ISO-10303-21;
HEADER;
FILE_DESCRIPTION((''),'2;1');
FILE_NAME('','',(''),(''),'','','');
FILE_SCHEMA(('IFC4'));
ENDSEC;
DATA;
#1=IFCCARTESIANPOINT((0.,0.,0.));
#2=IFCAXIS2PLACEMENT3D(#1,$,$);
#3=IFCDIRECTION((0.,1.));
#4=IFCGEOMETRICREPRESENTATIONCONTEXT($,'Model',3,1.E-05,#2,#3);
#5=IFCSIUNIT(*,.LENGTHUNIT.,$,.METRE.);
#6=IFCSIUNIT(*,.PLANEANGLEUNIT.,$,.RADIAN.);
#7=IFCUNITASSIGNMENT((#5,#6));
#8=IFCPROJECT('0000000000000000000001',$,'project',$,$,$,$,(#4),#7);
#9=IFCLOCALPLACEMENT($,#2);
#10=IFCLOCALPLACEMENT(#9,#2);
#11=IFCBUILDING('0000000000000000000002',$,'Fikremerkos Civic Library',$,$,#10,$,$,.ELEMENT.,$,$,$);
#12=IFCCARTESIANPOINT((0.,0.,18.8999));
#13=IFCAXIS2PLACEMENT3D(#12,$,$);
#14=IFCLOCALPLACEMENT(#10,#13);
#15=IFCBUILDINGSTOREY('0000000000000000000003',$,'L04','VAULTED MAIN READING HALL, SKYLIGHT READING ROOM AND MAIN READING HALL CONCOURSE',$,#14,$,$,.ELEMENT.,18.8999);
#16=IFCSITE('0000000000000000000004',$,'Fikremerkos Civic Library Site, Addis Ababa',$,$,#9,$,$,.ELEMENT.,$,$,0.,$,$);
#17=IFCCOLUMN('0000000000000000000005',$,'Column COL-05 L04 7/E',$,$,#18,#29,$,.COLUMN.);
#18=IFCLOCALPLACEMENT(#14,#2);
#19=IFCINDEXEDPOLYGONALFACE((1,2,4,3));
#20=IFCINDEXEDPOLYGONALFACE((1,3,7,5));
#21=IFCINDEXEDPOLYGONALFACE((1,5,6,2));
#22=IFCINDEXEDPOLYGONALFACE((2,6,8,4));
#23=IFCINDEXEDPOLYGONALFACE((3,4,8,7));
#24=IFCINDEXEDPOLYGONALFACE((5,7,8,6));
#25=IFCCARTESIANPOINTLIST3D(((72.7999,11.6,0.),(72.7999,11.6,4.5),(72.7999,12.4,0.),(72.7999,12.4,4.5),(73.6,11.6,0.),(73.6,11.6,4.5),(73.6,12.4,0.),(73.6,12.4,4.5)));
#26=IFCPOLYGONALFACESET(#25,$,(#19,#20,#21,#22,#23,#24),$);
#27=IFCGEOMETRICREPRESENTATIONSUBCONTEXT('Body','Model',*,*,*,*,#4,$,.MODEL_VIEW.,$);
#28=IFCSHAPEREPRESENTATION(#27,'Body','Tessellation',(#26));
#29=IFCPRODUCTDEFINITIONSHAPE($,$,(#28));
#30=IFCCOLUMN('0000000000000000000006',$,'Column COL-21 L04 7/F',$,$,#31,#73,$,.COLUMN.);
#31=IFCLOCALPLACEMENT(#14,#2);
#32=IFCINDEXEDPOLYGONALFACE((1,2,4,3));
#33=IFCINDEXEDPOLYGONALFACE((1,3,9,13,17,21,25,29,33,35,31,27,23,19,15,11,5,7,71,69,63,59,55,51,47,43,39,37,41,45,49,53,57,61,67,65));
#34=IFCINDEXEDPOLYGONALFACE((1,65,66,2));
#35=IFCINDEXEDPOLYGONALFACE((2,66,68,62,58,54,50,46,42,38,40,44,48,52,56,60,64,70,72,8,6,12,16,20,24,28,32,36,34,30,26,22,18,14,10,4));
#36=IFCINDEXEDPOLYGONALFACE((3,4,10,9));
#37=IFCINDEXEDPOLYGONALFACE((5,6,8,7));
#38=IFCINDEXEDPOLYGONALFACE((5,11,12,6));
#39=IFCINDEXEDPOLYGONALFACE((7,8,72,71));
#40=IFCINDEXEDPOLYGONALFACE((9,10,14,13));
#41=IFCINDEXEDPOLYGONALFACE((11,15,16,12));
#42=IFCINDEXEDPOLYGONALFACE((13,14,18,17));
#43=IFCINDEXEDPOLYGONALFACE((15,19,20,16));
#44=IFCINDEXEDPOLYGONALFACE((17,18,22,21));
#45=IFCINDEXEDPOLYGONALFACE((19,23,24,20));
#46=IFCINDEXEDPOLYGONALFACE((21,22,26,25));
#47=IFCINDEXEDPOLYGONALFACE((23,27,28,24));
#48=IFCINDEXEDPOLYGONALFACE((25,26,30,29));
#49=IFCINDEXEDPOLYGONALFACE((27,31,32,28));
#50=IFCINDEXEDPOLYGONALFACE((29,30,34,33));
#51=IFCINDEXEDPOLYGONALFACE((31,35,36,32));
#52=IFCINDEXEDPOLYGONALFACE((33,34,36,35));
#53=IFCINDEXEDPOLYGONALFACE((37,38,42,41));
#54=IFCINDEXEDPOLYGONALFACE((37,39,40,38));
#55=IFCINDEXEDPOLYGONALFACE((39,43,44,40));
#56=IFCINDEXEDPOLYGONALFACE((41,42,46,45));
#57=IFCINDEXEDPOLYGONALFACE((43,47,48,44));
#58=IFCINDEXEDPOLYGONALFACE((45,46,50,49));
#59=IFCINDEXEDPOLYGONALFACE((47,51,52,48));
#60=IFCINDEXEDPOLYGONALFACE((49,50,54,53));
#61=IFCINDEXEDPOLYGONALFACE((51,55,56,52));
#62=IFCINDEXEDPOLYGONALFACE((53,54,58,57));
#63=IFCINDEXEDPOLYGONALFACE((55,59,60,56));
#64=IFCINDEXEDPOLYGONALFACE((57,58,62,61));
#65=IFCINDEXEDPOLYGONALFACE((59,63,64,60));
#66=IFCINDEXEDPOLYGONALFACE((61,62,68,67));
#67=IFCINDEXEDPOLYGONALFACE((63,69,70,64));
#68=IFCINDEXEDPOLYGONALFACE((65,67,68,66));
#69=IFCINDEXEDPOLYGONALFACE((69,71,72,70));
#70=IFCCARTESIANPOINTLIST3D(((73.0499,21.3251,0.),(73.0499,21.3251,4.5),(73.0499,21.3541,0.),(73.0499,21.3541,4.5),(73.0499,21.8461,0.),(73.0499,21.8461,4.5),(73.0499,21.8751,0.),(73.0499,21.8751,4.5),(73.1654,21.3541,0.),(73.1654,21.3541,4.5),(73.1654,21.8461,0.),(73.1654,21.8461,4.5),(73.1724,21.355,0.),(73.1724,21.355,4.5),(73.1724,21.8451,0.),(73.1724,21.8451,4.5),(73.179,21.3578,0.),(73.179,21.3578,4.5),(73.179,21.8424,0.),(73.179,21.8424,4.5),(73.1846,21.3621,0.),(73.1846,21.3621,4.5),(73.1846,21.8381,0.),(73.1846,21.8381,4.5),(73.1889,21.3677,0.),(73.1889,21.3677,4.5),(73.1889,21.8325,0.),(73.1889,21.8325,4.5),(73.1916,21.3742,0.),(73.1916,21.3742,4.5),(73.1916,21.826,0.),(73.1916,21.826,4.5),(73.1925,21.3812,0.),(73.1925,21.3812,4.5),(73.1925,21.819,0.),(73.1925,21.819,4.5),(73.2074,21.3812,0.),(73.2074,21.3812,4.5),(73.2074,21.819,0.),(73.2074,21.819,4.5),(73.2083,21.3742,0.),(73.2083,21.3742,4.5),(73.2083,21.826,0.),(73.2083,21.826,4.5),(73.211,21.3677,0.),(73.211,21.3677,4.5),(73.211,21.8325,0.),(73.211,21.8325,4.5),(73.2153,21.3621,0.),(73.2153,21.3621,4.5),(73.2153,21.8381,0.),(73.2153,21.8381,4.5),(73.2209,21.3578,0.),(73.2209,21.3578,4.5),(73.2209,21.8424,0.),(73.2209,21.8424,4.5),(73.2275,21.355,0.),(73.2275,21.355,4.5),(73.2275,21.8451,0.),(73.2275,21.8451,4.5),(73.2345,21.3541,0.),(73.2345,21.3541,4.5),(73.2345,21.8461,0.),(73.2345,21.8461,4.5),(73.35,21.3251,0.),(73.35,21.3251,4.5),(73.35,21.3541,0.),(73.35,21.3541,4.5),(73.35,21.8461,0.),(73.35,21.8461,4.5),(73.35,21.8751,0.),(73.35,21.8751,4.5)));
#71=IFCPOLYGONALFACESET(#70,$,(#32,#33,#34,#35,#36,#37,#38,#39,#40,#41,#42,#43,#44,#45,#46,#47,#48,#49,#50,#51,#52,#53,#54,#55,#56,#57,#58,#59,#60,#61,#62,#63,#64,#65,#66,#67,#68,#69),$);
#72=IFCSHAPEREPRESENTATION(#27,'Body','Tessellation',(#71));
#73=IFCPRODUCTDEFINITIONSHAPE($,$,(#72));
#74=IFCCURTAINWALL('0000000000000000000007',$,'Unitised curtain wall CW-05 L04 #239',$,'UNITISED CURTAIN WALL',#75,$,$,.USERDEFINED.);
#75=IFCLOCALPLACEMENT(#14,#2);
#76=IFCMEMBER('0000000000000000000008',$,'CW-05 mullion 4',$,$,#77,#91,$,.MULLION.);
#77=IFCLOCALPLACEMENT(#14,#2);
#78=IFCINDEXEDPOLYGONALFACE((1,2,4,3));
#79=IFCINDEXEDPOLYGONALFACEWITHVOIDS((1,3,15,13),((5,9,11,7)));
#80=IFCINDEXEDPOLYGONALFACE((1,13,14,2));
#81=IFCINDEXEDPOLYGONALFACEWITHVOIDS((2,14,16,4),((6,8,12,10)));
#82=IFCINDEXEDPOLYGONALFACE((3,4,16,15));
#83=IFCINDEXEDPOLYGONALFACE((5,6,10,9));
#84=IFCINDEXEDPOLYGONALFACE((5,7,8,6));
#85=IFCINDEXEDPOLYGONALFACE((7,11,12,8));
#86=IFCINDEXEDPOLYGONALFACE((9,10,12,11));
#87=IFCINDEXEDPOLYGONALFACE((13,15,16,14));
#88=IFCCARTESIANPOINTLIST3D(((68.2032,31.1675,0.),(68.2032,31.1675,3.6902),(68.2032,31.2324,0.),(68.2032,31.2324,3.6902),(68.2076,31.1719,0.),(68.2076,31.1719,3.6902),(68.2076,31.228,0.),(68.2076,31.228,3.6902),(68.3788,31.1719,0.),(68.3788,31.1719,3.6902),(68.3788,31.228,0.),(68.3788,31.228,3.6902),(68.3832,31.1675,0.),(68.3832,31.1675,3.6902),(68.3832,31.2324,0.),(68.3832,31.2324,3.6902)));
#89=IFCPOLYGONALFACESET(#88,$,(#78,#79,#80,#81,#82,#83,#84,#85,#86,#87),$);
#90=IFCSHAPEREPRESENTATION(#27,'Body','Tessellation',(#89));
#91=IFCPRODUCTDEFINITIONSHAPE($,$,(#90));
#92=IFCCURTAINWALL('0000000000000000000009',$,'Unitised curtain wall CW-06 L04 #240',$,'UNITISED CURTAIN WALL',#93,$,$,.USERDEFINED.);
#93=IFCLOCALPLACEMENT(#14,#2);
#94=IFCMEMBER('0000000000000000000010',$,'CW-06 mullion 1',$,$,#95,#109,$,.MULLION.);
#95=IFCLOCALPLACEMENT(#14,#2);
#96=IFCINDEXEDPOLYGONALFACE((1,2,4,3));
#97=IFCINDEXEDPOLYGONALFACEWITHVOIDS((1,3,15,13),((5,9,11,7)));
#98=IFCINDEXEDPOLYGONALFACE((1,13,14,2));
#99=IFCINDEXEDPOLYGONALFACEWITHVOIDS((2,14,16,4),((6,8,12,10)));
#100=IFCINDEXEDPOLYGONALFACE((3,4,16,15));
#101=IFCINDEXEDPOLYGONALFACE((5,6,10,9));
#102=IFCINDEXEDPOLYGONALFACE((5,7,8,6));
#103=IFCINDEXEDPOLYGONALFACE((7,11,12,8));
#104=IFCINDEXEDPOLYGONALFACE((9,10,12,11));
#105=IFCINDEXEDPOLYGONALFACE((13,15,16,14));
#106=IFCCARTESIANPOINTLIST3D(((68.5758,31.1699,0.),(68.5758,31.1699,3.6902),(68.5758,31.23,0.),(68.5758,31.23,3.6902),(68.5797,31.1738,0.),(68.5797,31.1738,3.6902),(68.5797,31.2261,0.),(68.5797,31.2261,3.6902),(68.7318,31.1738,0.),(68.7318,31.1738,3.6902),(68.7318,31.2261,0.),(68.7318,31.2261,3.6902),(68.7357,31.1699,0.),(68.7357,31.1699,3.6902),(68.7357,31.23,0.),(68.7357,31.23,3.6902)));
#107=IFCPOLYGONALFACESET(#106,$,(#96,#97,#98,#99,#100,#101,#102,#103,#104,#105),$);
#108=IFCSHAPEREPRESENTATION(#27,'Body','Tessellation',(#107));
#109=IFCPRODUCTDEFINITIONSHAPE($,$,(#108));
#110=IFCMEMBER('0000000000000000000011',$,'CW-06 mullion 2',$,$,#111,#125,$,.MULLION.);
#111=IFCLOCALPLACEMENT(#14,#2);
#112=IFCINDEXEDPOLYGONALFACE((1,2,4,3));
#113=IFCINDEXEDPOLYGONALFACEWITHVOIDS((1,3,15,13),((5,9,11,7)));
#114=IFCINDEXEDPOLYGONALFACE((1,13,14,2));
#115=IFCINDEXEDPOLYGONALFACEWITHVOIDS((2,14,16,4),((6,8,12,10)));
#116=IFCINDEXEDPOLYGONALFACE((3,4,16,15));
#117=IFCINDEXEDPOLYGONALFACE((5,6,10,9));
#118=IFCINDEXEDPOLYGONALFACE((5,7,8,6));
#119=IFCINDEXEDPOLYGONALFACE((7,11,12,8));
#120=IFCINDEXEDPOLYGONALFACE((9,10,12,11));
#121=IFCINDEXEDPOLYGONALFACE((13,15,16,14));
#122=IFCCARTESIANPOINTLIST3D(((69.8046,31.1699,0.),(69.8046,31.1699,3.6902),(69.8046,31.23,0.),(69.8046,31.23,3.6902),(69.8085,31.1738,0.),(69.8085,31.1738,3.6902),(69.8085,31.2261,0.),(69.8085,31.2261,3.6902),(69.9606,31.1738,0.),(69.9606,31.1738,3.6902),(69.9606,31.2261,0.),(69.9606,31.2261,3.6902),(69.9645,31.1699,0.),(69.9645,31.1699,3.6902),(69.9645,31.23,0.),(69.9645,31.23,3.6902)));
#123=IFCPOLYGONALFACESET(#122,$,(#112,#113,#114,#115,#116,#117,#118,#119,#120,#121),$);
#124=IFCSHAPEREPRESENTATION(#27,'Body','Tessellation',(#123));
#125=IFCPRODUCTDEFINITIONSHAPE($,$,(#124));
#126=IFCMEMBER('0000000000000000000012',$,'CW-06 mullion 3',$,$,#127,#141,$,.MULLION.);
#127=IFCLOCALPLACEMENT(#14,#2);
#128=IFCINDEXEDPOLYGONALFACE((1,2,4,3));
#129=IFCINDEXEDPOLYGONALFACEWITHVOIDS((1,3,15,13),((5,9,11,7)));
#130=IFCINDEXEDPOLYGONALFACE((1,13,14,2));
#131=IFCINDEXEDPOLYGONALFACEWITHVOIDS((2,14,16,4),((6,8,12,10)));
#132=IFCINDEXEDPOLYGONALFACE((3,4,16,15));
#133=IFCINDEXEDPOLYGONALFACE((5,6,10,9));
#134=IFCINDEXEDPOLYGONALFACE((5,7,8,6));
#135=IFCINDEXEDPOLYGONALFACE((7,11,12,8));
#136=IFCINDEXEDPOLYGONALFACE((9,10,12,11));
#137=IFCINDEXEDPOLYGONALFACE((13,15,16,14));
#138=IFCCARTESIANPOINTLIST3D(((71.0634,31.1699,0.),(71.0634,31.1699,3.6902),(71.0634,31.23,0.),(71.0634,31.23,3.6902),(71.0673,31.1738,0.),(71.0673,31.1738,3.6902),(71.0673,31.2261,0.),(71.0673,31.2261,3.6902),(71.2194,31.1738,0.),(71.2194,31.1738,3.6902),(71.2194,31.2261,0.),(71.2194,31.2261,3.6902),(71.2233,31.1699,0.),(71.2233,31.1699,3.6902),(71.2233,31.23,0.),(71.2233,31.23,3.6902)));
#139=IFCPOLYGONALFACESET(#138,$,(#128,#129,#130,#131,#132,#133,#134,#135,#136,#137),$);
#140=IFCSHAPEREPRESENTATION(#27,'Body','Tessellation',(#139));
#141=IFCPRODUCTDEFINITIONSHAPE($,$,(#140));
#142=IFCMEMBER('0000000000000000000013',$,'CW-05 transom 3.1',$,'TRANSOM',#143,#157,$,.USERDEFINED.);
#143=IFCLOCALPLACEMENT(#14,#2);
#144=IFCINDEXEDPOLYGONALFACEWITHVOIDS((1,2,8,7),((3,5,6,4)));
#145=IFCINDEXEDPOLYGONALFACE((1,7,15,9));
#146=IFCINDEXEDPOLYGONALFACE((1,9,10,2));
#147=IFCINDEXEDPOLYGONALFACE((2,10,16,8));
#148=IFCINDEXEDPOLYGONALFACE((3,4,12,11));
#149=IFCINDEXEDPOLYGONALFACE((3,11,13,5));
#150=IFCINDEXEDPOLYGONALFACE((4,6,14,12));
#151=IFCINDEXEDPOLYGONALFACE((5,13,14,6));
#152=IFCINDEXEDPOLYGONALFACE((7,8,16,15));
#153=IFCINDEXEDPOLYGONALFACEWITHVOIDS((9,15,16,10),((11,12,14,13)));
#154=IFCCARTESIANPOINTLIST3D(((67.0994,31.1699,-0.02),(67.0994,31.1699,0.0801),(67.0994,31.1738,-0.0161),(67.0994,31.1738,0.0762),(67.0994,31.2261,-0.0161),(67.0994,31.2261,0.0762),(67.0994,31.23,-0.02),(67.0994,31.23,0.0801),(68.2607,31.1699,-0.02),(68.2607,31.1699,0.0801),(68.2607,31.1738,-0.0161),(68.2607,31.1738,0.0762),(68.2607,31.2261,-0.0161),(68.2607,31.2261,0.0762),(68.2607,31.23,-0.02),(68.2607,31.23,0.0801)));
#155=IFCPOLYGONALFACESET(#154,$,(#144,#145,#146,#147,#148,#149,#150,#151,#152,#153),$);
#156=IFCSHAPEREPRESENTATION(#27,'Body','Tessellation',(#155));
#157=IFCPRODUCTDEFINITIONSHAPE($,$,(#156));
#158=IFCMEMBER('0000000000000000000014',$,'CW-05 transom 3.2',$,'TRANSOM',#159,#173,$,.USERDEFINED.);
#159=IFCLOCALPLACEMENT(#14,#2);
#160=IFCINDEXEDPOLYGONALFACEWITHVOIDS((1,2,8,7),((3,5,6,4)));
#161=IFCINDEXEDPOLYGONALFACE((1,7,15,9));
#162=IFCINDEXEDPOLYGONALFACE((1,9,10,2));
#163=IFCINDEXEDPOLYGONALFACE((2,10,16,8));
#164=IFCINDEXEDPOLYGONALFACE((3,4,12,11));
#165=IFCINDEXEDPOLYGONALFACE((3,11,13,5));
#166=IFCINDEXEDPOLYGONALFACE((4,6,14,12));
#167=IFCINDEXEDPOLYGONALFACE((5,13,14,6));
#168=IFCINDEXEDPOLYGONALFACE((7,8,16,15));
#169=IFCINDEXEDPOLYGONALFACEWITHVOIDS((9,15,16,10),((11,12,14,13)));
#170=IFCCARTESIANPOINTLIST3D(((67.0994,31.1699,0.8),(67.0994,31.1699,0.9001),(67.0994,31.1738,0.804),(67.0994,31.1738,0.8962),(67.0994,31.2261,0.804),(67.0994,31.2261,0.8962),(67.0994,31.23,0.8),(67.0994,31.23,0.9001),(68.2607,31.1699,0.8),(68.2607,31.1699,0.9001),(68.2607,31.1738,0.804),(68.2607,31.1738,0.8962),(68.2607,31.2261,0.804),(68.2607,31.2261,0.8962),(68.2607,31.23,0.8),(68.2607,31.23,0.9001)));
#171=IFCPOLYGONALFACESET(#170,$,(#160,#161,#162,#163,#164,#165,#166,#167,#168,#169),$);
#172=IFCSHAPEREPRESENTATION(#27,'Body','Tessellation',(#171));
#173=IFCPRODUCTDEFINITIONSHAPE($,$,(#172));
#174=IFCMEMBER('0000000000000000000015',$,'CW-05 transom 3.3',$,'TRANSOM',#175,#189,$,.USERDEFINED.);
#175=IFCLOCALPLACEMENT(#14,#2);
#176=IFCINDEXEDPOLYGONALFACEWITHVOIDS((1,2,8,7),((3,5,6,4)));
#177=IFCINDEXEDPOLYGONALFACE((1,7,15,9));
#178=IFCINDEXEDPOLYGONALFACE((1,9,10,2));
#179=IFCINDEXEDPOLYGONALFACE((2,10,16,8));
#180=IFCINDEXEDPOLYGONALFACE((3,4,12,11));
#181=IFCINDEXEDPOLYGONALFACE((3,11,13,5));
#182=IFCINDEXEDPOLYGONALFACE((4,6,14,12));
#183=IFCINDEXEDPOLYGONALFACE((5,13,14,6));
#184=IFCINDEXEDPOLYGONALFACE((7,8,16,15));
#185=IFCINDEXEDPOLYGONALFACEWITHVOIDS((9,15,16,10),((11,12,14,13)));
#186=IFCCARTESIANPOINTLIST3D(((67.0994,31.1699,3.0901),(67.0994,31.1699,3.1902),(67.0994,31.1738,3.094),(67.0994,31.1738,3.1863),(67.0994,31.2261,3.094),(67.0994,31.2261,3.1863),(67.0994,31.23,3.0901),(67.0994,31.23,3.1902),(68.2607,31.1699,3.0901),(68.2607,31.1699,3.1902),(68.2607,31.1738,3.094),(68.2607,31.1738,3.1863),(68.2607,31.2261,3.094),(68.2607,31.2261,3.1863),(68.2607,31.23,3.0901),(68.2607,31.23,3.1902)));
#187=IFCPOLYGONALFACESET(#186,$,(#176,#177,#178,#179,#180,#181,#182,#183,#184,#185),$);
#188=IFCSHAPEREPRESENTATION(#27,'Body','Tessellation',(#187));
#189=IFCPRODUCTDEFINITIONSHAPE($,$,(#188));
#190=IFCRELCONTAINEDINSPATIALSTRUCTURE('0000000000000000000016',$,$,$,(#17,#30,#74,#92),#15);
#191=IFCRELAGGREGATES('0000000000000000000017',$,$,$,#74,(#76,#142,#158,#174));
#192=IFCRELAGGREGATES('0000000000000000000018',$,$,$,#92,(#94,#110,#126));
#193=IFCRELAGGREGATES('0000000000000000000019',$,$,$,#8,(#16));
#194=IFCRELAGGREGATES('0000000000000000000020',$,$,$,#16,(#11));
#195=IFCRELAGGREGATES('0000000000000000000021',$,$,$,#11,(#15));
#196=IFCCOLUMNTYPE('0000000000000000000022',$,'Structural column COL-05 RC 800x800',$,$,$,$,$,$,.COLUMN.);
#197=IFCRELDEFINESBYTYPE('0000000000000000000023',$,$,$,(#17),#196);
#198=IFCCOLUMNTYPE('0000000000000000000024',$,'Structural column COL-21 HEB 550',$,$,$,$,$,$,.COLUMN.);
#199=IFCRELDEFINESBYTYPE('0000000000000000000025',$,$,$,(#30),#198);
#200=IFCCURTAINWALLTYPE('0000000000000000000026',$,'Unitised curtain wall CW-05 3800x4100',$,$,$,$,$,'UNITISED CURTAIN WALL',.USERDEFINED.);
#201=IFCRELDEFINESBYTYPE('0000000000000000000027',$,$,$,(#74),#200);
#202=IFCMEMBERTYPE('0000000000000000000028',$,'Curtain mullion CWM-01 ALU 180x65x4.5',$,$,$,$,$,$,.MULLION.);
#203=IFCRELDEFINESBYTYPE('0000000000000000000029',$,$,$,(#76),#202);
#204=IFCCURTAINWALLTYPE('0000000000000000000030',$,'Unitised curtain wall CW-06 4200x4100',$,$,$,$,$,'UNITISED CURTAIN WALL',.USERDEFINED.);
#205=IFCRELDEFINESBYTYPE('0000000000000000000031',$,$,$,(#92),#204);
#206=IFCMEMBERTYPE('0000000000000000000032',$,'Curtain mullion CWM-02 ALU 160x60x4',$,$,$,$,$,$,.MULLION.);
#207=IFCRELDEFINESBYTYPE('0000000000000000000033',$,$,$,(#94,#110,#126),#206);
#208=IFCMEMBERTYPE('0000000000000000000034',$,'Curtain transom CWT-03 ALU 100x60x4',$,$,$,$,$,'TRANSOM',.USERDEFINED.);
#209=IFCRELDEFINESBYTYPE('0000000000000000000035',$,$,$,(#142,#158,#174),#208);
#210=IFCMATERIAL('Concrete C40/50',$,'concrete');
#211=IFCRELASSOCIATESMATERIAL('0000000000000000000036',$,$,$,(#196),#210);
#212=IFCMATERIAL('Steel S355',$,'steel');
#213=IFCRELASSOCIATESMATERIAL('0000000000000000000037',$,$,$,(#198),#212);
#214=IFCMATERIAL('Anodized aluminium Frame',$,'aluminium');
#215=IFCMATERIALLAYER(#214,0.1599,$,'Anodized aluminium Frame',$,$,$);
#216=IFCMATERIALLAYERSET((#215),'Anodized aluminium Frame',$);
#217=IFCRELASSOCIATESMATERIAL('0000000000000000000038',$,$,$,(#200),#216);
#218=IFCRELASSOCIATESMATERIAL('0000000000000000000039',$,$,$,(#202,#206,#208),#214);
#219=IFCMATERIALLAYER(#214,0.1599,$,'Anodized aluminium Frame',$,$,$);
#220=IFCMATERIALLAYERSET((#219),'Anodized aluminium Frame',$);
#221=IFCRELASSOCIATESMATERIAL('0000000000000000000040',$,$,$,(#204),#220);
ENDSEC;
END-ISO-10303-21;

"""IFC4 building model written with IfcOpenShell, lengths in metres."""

from ifc_helpers import new_model, si_unit, direction, frame, origin, origin_2d, place, context, subcontext, project, spatial, rectangle, hollow_rectangle, i_section, extrude, material, layer, layer_set, material_profile, profile_set, type_object, element, aggregate, save


model = new_model("IFC4")

# Units and contexts
model_context = context("Model", 3, precision=1e-05, world=origin(), true_north=direction((0.0, 1.0)))
body_context = subcontext(model_context, "Body", "Model", "MODEL_VIEW")
ifc_project = project(units=[si_unit("LENGTHUNIT", "METRE"), si_unit("PLANEANGLEUNIT", "RADIAN")], contexts=[model_context])

# Site, building, storey
site_placement = place(None, origin())
site = spatial("IfcSite", under=ifc_project, at=site_placement, Name="Fikremerkos Civic Library Site, Addis Ababa", CompositionType="ELEMENT", RefElevation=0.0)
building_placement = place(site_placement, origin())
building = spatial("IfcBuilding", under=site, at=building_placement, Name="Fikremerkos Civic Library", CompositionType="ELEMENT")
storey_placement = place(building_placement, frame((0.0, 0.0, 18.8999)))
storey = spatial("IfcBuildingStorey", under=building, at=storey_placement, Name="L04", Description="VAULTED MAIN READING HALL, SKYLIGHT READING ROOM AND MAIN READING HALL CONCOURSE", CompositionType="ELEMENT", Elevation=18.8999)

# Columns
ifc_material_1 = material(Name="Concrete C40/50", Category="concrete")
ifc_material_profile_1 = material_profile(ifc_material_1, rectangle(XDim=0.8, YDim=0.8, at=origin_2d()), Name="RC 800x800")
ifc_profile_set_1 = profile_set([ifc_material_profile_1], Name="Concrete C40/50")
column_type_1 = type_object("IfcColumnType", Name="Structural column COL-05 RC 800x800", PredefinedType="COLUMN", material=ifc_profile_set_1)
column_1_placement = place(storey_placement, frame((73.2, 12.0, 0.0), z_axis=(0.0, 0.0, 1.0), x_axis=(1.0, 0.0, 0.0)))
element("IfcColumn", 1, at=column_1_placement, inside=storey, type_object=column_type_1, Name="Column COL-05 L04 7/E", PredefinedType="COLUMN", context=body_context, shape_type="SweptSolid", body=[
    extrude(rectangle(XDim=0.8, YDim=0.8, at=origin_2d()), origin(), (0.0, 0.0, 1.0), 4.5),
])
ifc_material_2 = material(Name="Steel S355", Category="steel")
ifc_material_profile_2 = material_profile(ifc_material_2, i_section(OverallWidth=0.3, OverallDepth=0.55, WebThickness=0.0149, FlangeThickness=0.0291, FilletRadius=0.0271, at=origin_2d()), Name="HEB 550")
ifc_profile_set_2 = profile_set([ifc_material_profile_2], Name="Steel S355")
column_type_2 = type_object("IfcColumnType", Name="Structural column COL-21 HEB 550", PredefinedType="COLUMN", material=ifc_profile_set_2)
column_2_placement = place(storey_placement, frame((73.2, 21.6001, 0.0), z_axis=(0.0, 0.0, 1.0), x_axis=(1.0, 0.0, 0.0)))
element("IfcColumn", 2, at=column_2_placement, inside=storey, type_object=column_type_2, Name="Column COL-21 L04 7/F", PredefinedType="COLUMN", context=body_context, shape_type="SweptSolid", body=[
    extrude(i_section(OverallWidth=0.3, OverallDepth=0.55, WebThickness=0.0149, FlangeThickness=0.0291, FilletRadius=0.0271, at=origin_2d()), origin(), (0.0, 0.0, 1.0), 4.5),
])

# Curtain wall, member
ifc_material_3 = material(Name="Anodized aluminium Frame", Category="aluminium")
ifc_layer_1 = layer(ifc_material_3, 0.1599, Name="Anodized aluminium Frame")
ifc_layer_set_1 = layer_set([ifc_layer_1], Name="Anodized aluminium Frame")
curtain_wall_type_1 = type_object("IfcCurtainWallType", Name="Unitised curtain wall CW-05 3800x4100", ElementType="UNITISED CURTAIN WALL", PredefinedType="USERDEFINED", material=ifc_layer_set_1)
curtain_wall_1_placement = place(storey_placement, origin())
curtain_wall_1 = element("IfcCurtainWall", 3, at=curtain_wall_1_placement, inside=storey, type_object=curtain_wall_type_1, Name="Unitised curtain wall CW-05 L04 #239", ObjectType="UNITISED CURTAIN WALL", PredefinedType="USERDEFINED")
ifc_material_profile_3 = material_profile(ifc_material_3, hollow_rectangle(XDim=0.0649, YDim=0.1799, WallThickness=0.0044, at=origin_2d()), Name="ALU 180x65x4.5")
ifc_profile_set_3 = profile_set([ifc_material_profile_3], Name="Anodized aluminium Frame")
member_type_1 = type_object("IfcMemberType", Name="Curtain mullion CWM-01 ALU 180x65x4.5", PredefinedType="MULLION", material=ifc_profile_set_3)
member_1_placement = place(storey_placement, frame((68.2932, 31.2, 0.0), z_axis=(0.0, 0.0, 1.0), x_axis=(0.0, 1.0, 0.0)))
member_1 = element("IfcMember", 4, at=member_1_placement, type_object=member_type_1, Name="CW-05 mullion 4", PredefinedType="MULLION", context=body_context, shape_type="SweptSolid", body=[
    extrude(hollow_rectangle(XDim=0.0649, YDim=0.1799, WallThickness=0.0044, at=origin_2d()), origin(), (0.0, 0.0, 1.0), 3.6902),
])

# Curtain wall, members
ifc_layer_2 = layer(ifc_material_3, 0.1599, Name="Anodized aluminium Frame")
ifc_layer_set_2 = layer_set([ifc_layer_2], Name="Anodized aluminium Frame")
curtain_wall_type_2 = type_object("IfcCurtainWallType", Name="Unitised curtain wall CW-06 4200x4100", ElementType="UNITISED CURTAIN WALL", PredefinedType="USERDEFINED", material=ifc_layer_set_2)
curtain_wall_2_placement = place(storey_placement, origin())
curtain_wall_2 = element("IfcCurtainWall", 5, at=curtain_wall_2_placement, inside=storey, type_object=curtain_wall_type_2, Name="Unitised curtain wall CW-06 L04 #240", ObjectType="UNITISED CURTAIN WALL", PredefinedType="USERDEFINED")
ifc_material_profile_4 = material_profile(ifc_material_3, hollow_rectangle(XDim=0.0601, YDim=0.1599, WallThickness=0.0039, at=origin_2d()), Name="ALU 160x60x4")
ifc_profile_set_4 = profile_set([ifc_material_profile_4], Name="Anodized aluminium Frame")
member_type_2 = type_object("IfcMemberType", Name="Curtain mullion CWM-02 ALU 160x60x4", PredefinedType="MULLION", material=ifc_profile_set_4)
member_2_placement = place(storey_placement, frame((68.6558, 31.2, 0.0), z_axis=(0.0, 0.0, 1.0), x_axis=(0.0, 1.0, 0.0)))
member_2 = element("IfcMember", 6, at=member_2_placement, type_object=member_type_2, Name="CW-06 mullion 1", PredefinedType="MULLION", context=body_context, shape_type="SweptSolid", body=[
    extrude(hollow_rectangle(XDim=0.0601, YDim=0.1599, WallThickness=0.0039, at=origin_2d()), origin(), (0.0, 0.0, 1.0), 3.6902),
])
member_3_placement = place(storey_placement, frame((69.8845, 31.2, 0.0), z_axis=(0.0, 0.0, 1.0), x_axis=(0.0, 1.0, 0.0)))
member_3 = element("IfcMember", 7, at=member_3_placement, type_object=member_type_2, Name="CW-06 mullion 2", PredefinedType="MULLION", context=body_context, shape_type="SweptSolid", body=[
    extrude(hollow_rectangle(XDim=0.0601, YDim=0.1599, WallThickness=0.0039, at=origin_2d()), origin(), (0.0, 0.0, 1.0), 3.6902),
])
member_4_placement = place(storey_placement, frame((71.1433, 31.2, 0.0), z_axis=(0.0, 0.0, 1.0), x_axis=(0.0, 1.0, 0.0)))
member_4 = element("IfcMember", 8, at=member_4_placement, type_object=member_type_2, Name="CW-06 mullion 3", PredefinedType="MULLION", context=body_context, shape_type="SweptSolid", body=[
    extrude(hollow_rectangle(XDim=0.0601, YDim=0.1599, WallThickness=0.0039, at=origin_2d()), origin(), (0.0, 0.0, 1.0), 3.6902),
])

# Members
ifc_material_profile_5 = material_profile(ifc_material_3, hollow_rectangle(XDim=0.0601, YDim=0.1001, WallThickness=0.0039, at=origin_2d()), Name="ALU 100x60x4")
ifc_profile_set_5 = profile_set([ifc_material_profile_5], Name="Anodized aluminium Frame")
member_type_3 = type_object("IfcMemberType", Name="Curtain transom CWT-03 ALU 100x60x4", ElementType="TRANSOM", PredefinedType="USERDEFINED", material=ifc_profile_set_5)
member_5_placement = place(storey_placement, frame((67.0994, 31.2, 0.03), z_axis=(1.0, 0.0, 0.0), x_axis=(0.0, 1.0, 0.0)))
member_5 = element("IfcMember", 9, at=member_5_placement, type_object=member_type_3, Name="CW-05 transom 3.1", ObjectType="TRANSOM", PredefinedType="USERDEFINED", context=body_context, shape_type="SweptSolid", body=[
    extrude(hollow_rectangle(XDim=0.0601, YDim=0.1001, WallThickness=0.0039, at=origin_2d()), origin(), (0.0, 0.0, 1.0), 1.1614),
])
member_6_placement = place(storey_placement, frame((67.0994, 31.2, 0.8501), z_axis=(1.0, 0.0, 0.0), x_axis=(0.0, 1.0, 0.0)))
member_6 = element("IfcMember", 10, at=member_6_placement, type_object=member_type_3, Name="CW-05 transom 3.2", ObjectType="TRANSOM", PredefinedType="USERDEFINED", context=body_context, shape_type="SweptSolid", body=[
    extrude(hollow_rectangle(XDim=0.0601, YDim=0.1001, WallThickness=0.0039, at=origin_2d()), origin(), (0.0, 0.0, 1.0), 1.1614),
])
member_7_placement = place(storey_placement, frame((67.0994, 31.2, 3.1401), z_axis=(1.0, 0.0, 0.0), x_axis=(0.0, 1.0, 0.0)))
member_7 = element("IfcMember", 11, at=member_7_placement, type_object=member_type_3, Name="CW-05 transom 3.3", ObjectType="TRANSOM", PredefinedType="USERDEFINED", context=body_context, shape_type="SweptSolid", body=[
    extrude(hollow_rectangle(XDim=0.0601, YDim=0.1001, WallThickness=0.0039, at=origin_2d()), origin(), (0.0, 0.0, 1.0), 1.1614),
])

aggregate(curtain_wall_1, [member_1, member_5, member_6, member_7])
aggregate(curtain_wall_2, [member_2, member_3, member_4])

save(model, "model.ifc")
